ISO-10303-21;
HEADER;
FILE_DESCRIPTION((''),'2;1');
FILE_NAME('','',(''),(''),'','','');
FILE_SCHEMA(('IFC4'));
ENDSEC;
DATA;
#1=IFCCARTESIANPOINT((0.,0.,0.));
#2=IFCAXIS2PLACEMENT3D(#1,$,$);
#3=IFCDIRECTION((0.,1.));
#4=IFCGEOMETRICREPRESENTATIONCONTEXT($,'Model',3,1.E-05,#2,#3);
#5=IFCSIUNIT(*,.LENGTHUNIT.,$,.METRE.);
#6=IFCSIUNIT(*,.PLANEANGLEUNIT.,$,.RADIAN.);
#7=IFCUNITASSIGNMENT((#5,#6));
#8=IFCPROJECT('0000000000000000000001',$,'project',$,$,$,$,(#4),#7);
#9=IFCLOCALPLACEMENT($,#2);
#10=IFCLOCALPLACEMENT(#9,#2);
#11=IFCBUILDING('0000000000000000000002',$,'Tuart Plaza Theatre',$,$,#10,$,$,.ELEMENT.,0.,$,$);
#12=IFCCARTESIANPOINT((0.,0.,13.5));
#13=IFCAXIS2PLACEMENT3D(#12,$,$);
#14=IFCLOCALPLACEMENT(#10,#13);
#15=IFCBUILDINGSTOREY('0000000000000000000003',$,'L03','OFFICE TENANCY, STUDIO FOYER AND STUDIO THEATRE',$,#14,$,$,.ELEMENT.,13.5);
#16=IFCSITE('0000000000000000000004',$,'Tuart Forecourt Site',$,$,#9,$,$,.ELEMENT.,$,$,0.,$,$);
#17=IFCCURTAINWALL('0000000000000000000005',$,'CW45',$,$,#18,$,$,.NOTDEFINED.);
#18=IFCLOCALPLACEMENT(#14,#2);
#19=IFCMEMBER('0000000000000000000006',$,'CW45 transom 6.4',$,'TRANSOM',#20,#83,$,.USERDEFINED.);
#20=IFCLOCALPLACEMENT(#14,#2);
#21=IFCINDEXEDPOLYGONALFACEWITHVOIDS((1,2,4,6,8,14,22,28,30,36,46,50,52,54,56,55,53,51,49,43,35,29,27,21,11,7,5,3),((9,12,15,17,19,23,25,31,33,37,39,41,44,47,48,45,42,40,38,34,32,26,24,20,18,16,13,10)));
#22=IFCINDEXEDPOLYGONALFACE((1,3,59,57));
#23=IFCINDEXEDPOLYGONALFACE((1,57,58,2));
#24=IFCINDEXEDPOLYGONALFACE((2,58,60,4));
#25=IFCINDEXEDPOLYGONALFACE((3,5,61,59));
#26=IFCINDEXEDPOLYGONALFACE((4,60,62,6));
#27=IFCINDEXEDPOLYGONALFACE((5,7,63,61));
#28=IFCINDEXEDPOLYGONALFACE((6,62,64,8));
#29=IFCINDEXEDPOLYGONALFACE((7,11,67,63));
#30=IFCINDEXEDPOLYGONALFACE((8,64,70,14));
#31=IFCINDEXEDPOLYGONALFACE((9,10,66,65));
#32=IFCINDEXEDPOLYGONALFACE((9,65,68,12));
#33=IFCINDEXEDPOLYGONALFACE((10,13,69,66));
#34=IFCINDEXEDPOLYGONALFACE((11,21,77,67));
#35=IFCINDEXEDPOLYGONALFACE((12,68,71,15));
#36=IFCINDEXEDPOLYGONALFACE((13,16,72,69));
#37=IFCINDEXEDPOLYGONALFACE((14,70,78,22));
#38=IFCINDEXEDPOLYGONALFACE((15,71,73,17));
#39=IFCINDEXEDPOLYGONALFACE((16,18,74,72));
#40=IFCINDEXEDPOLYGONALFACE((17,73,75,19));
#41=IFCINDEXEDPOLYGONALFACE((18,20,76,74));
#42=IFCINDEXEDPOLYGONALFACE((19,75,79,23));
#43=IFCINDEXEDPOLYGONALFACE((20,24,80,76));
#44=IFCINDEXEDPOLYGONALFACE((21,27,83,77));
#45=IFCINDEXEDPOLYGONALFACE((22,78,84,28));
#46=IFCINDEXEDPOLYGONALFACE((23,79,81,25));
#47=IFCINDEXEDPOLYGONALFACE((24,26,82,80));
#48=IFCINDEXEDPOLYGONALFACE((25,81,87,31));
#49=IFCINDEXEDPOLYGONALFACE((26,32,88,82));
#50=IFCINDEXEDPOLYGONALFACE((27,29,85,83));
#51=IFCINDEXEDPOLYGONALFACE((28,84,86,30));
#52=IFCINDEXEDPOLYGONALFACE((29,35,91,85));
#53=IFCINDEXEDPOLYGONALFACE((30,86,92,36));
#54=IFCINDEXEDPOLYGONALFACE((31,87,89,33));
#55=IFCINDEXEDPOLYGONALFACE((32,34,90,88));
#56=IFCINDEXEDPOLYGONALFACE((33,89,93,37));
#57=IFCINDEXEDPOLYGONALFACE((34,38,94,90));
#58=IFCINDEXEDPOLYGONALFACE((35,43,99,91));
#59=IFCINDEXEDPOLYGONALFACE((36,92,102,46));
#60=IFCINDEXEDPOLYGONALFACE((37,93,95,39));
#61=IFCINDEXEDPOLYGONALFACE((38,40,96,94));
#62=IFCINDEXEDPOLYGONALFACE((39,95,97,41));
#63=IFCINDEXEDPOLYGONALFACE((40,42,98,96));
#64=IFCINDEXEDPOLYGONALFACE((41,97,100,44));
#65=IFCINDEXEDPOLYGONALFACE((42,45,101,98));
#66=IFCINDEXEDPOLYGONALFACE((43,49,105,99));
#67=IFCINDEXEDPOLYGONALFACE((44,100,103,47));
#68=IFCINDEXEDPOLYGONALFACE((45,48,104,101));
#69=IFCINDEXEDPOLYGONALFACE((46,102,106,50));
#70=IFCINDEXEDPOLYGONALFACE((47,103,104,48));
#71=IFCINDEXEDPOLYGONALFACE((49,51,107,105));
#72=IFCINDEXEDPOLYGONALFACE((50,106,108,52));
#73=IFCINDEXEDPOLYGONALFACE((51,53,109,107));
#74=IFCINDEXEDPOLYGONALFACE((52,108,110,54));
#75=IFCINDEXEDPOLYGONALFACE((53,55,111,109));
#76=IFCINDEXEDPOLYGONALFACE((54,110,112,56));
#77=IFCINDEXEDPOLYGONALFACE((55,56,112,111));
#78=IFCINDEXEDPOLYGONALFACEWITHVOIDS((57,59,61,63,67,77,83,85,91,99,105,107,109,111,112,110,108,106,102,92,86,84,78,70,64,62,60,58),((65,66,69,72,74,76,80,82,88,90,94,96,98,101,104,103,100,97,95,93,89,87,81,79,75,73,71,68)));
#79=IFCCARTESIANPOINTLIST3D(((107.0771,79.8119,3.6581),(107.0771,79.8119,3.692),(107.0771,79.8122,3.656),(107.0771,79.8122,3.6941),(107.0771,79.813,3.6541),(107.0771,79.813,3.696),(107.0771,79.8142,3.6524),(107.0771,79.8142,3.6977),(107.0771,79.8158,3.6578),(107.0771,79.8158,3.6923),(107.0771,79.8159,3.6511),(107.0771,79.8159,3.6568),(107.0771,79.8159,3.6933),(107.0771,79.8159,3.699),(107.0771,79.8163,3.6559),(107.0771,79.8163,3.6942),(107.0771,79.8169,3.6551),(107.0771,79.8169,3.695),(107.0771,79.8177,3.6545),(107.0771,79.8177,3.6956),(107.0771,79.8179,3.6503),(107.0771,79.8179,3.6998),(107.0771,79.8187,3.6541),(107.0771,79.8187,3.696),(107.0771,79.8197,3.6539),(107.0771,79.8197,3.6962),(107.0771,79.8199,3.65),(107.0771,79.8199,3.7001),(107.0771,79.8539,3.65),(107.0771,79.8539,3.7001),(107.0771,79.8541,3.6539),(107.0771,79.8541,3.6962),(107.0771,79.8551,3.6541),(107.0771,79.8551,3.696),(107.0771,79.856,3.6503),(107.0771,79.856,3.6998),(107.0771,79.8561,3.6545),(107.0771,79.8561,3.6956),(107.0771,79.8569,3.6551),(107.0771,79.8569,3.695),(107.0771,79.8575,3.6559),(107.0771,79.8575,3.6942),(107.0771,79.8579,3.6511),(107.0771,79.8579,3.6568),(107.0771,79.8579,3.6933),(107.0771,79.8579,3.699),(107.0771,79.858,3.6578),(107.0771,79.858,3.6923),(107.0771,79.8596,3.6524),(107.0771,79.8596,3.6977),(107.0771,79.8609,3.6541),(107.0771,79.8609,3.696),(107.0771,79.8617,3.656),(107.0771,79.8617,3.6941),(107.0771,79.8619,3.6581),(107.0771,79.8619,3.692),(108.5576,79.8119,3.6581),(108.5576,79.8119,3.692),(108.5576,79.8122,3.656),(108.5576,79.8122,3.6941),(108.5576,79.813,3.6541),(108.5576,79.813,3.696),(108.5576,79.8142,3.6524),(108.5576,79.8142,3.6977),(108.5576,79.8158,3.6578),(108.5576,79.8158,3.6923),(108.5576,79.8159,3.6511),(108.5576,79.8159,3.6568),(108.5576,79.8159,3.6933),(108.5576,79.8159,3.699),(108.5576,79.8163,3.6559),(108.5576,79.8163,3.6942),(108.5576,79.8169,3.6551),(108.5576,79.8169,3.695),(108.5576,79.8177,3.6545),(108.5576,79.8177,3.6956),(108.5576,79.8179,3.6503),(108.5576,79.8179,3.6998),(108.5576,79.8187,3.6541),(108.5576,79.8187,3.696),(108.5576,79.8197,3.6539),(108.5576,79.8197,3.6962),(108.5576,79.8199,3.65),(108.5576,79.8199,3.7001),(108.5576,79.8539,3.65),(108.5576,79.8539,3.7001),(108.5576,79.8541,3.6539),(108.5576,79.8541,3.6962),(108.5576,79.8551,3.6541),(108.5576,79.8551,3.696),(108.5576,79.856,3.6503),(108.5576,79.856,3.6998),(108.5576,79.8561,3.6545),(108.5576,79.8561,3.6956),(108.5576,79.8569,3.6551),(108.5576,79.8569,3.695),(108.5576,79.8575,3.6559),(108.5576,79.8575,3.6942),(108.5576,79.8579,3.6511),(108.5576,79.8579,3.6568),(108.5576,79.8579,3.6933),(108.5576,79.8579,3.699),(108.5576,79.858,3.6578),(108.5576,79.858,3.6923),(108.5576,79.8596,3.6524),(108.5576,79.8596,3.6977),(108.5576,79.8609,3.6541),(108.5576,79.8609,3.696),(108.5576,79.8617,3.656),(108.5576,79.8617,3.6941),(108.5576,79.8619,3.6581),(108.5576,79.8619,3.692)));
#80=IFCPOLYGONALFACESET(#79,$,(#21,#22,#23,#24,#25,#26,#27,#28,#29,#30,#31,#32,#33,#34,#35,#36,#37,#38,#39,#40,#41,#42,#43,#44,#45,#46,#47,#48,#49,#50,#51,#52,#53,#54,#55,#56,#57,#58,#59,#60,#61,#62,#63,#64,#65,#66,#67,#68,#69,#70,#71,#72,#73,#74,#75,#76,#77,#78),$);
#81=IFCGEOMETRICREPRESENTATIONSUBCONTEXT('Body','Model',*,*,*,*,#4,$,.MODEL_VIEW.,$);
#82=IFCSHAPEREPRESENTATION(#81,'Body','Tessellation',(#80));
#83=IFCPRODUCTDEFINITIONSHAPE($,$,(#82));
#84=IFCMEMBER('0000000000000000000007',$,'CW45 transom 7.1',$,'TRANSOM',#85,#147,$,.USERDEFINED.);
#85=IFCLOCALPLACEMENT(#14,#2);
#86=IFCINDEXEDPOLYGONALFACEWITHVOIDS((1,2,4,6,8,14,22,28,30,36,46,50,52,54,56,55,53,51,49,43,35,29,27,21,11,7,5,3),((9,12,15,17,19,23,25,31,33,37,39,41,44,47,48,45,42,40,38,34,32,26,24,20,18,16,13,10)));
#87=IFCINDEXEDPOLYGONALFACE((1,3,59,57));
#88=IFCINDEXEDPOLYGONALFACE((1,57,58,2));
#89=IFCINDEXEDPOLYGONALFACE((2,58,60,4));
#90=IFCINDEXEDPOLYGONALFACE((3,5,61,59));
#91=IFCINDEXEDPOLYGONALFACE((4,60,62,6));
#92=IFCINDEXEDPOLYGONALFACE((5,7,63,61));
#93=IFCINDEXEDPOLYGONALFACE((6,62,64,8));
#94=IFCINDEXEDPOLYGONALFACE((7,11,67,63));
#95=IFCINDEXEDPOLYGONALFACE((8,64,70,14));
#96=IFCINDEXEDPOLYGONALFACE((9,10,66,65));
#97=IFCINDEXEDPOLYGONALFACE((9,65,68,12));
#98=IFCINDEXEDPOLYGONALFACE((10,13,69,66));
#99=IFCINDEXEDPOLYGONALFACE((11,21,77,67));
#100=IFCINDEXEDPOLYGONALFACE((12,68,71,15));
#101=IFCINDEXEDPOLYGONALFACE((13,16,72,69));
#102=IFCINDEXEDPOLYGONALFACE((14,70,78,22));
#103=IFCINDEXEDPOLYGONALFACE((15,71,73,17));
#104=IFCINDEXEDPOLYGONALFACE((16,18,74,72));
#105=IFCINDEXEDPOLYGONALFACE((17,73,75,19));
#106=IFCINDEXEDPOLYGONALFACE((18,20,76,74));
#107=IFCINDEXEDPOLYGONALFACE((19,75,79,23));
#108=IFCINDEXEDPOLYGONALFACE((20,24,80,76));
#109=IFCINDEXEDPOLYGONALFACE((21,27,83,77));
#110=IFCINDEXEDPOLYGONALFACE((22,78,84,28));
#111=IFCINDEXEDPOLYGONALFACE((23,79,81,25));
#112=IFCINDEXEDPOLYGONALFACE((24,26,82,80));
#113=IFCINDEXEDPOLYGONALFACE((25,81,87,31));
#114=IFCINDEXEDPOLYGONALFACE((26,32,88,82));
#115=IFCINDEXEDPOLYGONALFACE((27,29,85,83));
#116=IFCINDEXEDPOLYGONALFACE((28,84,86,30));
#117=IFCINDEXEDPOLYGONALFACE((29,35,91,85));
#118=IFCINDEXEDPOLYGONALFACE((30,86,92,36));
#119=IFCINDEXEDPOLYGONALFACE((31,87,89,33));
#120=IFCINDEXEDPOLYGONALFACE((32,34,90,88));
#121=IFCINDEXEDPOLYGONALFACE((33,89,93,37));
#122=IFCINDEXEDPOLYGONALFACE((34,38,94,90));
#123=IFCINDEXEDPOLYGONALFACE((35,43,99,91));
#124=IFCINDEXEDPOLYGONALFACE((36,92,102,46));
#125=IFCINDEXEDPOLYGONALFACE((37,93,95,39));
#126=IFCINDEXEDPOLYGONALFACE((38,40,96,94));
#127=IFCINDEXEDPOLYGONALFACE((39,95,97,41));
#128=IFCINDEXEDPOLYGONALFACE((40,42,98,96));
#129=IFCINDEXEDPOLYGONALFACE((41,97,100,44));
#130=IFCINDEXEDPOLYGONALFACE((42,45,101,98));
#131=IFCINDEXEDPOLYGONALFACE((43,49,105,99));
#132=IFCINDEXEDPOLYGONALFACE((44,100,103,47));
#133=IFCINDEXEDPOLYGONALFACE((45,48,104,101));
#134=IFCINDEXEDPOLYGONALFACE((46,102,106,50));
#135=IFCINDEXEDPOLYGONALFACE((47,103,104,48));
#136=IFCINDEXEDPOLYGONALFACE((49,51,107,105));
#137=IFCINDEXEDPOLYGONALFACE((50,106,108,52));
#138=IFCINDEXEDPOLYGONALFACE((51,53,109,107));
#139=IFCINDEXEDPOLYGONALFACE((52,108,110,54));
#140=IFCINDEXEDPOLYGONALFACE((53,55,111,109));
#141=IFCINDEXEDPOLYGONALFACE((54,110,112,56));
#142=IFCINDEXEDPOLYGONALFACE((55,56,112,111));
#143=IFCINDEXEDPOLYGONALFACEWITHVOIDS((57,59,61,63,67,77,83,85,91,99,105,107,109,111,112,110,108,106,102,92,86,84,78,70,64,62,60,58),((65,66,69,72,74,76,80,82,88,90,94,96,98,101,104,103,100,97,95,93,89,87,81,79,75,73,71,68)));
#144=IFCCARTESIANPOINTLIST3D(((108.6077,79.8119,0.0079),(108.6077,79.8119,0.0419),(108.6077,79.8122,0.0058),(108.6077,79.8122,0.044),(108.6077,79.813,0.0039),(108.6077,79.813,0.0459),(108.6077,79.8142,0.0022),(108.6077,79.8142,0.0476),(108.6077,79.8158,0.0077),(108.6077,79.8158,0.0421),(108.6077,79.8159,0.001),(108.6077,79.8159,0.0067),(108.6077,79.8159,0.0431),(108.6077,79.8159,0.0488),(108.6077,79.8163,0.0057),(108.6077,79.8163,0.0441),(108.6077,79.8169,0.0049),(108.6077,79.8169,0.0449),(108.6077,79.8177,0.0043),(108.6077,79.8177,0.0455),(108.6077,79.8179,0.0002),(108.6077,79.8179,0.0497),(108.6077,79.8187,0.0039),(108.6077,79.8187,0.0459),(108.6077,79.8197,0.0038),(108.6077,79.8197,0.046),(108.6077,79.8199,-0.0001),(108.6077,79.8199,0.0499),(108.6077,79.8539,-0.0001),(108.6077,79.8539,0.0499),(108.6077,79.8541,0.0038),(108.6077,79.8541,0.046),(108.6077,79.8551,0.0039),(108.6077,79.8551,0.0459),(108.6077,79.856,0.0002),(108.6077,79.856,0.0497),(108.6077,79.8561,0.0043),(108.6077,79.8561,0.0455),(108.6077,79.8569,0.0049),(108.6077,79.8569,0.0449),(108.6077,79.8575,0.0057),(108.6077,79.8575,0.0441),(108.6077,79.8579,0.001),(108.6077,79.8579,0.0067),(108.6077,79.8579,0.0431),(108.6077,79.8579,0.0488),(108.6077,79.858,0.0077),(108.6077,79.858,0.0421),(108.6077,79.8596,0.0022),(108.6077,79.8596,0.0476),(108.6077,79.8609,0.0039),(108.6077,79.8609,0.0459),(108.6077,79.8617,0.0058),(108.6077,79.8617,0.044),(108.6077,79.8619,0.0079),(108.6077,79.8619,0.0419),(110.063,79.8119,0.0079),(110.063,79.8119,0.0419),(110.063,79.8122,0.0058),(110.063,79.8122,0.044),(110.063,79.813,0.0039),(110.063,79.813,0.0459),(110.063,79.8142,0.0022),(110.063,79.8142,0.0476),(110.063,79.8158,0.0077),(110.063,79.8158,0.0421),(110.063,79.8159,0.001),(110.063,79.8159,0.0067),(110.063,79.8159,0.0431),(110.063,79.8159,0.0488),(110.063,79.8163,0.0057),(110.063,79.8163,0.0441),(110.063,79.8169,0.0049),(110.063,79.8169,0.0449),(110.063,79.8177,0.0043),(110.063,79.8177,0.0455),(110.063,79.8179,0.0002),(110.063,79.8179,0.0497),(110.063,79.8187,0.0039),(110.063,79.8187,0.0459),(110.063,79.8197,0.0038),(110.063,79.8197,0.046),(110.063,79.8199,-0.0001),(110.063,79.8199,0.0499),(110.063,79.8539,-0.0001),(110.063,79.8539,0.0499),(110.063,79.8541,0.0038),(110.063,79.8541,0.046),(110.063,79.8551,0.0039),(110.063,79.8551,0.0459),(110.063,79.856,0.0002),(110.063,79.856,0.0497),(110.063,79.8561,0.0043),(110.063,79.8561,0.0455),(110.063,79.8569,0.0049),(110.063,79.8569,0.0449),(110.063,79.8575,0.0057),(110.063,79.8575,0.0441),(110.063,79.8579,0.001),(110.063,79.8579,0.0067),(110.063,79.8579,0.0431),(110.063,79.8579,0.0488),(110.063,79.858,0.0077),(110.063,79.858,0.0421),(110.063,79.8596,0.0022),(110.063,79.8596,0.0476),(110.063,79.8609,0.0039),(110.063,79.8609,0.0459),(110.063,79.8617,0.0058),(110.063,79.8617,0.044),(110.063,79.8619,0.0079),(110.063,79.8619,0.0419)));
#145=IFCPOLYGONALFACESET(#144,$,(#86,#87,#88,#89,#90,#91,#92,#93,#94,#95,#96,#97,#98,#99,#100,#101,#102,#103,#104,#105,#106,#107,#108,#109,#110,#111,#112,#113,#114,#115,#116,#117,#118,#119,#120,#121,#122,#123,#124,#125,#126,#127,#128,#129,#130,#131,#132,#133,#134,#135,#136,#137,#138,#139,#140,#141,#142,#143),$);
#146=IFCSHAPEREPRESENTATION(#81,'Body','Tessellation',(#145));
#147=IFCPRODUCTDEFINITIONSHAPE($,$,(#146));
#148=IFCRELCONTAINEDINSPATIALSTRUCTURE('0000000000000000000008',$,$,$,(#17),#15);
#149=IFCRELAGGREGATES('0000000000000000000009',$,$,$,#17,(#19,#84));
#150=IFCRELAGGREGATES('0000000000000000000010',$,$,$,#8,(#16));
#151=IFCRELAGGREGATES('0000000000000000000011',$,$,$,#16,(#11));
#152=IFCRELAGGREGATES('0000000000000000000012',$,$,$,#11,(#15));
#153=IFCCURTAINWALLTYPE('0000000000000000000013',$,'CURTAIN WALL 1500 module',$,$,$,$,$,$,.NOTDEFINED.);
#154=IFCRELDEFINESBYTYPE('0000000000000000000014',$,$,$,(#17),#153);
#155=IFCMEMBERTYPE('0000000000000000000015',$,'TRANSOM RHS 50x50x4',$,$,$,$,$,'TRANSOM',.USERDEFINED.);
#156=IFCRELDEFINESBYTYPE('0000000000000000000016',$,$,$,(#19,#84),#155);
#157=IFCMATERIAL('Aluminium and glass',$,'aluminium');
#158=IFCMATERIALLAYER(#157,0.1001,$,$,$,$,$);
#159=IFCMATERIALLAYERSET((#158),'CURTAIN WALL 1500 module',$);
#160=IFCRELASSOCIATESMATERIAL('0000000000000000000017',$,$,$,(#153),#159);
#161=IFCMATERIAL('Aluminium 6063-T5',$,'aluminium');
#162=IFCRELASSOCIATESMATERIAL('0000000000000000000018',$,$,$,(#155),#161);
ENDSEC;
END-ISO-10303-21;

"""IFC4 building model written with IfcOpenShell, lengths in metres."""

from ifc_helpers import new_model, si_unit, direction, frame, origin, origin_2d, place, context, subcontext, project, spatial, hollow_rectangle, extrude, material, layer, layer_set, material_profile, profile_set, type_object, element, aggregate, save


model = new_model("IFC4")

# Units and contexts
model_context = context("Model", 3, precision=1e-05, world=origin(), true_north=direction((0.0, 1.0)))
body_context = subcontext(model_context, "Body", "Model", "MODEL_VIEW")
ifc_project = project(units=[si_unit("LENGTHUNIT", "METRE"), si_unit("PLANEANGLEUNIT", "RADIAN")], contexts=[model_context])

# Site, building, storey
site_placement = place(None, origin())
site = spatial("IfcSite", under=ifc_project, at=site_placement, Name="Tuart Forecourt Site", CompositionType="ELEMENT", RefElevation=0.0)
building_placement = place(site_placement, origin())
building = spatial("IfcBuilding", under=site, at=building_placement, Name="Tuart Plaza Theatre", CompositionType="ELEMENT", ElevationOfRefHeight=0.0)
storey_placement = place(building_placement, frame((0.0, 0.0, 13.5)))
storey = spatial("IfcBuildingStorey", under=building, at=storey_placement, Name="L03", Description="OFFICE TENANCY, STUDIO FOYER AND STUDIO THEATRE", CompositionType="ELEMENT", Elevation=13.5)

# Curtain wall
ifc_material_1 = material(Name="Aluminium and glass", Category="aluminium")
ifc_layer_1 = layer(ifc_material_1, 0.1001)
ifc_layer_set_1 = layer_set([ifc_layer_1], Name="CURTAIN WALL 1500 module")
curtain_wall_type_1 = type_object("IfcCurtainWallType", Name="CURTAIN WALL 1500 module", PredefinedType="NOTDEFINED", material=ifc_layer_set_1)
curtain_wall_1_placement = place(storey_placement, origin())
curtain_wall_1 = element("IfcCurtainWall", 1, at=curtain_wall_1_placement, inside=storey, type_object=curtain_wall_type_1, Name="CW45", PredefinedType="NOTDEFINED")

# Members
ifc_material_2 = material(Name="Aluminium 6063-T5", Category="aluminium")
ifc_material_profile_1 = material_profile(ifc_material_2, hollow_rectangle(XDim=0.05, YDim=0.05, WallThickness=0.0039, InnerFilletRadius=0.0039, OuterFilletRadius=0.0081, at=origin_2d()), Name="RHS 50x50x4")
ifc_profile_set_1 = profile_set([ifc_material_profile_1], Name="Aluminium 6063-T5")
member_type_1 = type_object("IfcMemberType", Name="TRANSOM RHS 50x50x4", ElementType="TRANSOM", PredefinedType="USERDEFINED", material=ifc_profile_set_1)
member_1_placement = place(storey_placement, frame((107.0771, 79.8369, 3.675), z_axis=(1.0, 0.0, 0.0), x_axis=(0.0, 1.0, 0.0)))
member_1 = element("IfcMember", 2, at=member_1_placement, type_object=member_type_1, Name="CW45 transom 6.4", ObjectType="TRANSOM", PredefinedType="USERDEFINED", context=body_context, shape_type="SweptSolid", body=[
    extrude(hollow_rectangle(XDim=0.05, YDim=0.05, WallThickness=0.0039, InnerFilletRadius=0.0039, OuterFilletRadius=0.0081, at=origin_2d()), origin(), (0.0, 0.0, 1.0), 1.4805),
])
member_2_placement = place(storey_placement, frame((108.6077, 79.8369, 0.0249), z_axis=(1.0, 0.0, 0.0), x_axis=(0.0, 1.0, 0.0)))
member_2 = element("IfcMember", 3, at=member_2_placement, type_object=member_type_1, Name="CW45 transom 7.1", ObjectType="TRANSOM", PredefinedType="USERDEFINED", context=body_context, shape_type="SweptSolid", body=[
    extrude(hollow_rectangle(XDim=0.05, YDim=0.05, WallThickness=0.0039, InnerFilletRadius=0.0039, OuterFilletRadius=0.0081, at=origin_2d()), origin(), (0.0, 0.0, 1.0), 1.4553),
])

aggregate(curtain_wall_1, [member_1, member_2])

save(model, "model.ifc")
